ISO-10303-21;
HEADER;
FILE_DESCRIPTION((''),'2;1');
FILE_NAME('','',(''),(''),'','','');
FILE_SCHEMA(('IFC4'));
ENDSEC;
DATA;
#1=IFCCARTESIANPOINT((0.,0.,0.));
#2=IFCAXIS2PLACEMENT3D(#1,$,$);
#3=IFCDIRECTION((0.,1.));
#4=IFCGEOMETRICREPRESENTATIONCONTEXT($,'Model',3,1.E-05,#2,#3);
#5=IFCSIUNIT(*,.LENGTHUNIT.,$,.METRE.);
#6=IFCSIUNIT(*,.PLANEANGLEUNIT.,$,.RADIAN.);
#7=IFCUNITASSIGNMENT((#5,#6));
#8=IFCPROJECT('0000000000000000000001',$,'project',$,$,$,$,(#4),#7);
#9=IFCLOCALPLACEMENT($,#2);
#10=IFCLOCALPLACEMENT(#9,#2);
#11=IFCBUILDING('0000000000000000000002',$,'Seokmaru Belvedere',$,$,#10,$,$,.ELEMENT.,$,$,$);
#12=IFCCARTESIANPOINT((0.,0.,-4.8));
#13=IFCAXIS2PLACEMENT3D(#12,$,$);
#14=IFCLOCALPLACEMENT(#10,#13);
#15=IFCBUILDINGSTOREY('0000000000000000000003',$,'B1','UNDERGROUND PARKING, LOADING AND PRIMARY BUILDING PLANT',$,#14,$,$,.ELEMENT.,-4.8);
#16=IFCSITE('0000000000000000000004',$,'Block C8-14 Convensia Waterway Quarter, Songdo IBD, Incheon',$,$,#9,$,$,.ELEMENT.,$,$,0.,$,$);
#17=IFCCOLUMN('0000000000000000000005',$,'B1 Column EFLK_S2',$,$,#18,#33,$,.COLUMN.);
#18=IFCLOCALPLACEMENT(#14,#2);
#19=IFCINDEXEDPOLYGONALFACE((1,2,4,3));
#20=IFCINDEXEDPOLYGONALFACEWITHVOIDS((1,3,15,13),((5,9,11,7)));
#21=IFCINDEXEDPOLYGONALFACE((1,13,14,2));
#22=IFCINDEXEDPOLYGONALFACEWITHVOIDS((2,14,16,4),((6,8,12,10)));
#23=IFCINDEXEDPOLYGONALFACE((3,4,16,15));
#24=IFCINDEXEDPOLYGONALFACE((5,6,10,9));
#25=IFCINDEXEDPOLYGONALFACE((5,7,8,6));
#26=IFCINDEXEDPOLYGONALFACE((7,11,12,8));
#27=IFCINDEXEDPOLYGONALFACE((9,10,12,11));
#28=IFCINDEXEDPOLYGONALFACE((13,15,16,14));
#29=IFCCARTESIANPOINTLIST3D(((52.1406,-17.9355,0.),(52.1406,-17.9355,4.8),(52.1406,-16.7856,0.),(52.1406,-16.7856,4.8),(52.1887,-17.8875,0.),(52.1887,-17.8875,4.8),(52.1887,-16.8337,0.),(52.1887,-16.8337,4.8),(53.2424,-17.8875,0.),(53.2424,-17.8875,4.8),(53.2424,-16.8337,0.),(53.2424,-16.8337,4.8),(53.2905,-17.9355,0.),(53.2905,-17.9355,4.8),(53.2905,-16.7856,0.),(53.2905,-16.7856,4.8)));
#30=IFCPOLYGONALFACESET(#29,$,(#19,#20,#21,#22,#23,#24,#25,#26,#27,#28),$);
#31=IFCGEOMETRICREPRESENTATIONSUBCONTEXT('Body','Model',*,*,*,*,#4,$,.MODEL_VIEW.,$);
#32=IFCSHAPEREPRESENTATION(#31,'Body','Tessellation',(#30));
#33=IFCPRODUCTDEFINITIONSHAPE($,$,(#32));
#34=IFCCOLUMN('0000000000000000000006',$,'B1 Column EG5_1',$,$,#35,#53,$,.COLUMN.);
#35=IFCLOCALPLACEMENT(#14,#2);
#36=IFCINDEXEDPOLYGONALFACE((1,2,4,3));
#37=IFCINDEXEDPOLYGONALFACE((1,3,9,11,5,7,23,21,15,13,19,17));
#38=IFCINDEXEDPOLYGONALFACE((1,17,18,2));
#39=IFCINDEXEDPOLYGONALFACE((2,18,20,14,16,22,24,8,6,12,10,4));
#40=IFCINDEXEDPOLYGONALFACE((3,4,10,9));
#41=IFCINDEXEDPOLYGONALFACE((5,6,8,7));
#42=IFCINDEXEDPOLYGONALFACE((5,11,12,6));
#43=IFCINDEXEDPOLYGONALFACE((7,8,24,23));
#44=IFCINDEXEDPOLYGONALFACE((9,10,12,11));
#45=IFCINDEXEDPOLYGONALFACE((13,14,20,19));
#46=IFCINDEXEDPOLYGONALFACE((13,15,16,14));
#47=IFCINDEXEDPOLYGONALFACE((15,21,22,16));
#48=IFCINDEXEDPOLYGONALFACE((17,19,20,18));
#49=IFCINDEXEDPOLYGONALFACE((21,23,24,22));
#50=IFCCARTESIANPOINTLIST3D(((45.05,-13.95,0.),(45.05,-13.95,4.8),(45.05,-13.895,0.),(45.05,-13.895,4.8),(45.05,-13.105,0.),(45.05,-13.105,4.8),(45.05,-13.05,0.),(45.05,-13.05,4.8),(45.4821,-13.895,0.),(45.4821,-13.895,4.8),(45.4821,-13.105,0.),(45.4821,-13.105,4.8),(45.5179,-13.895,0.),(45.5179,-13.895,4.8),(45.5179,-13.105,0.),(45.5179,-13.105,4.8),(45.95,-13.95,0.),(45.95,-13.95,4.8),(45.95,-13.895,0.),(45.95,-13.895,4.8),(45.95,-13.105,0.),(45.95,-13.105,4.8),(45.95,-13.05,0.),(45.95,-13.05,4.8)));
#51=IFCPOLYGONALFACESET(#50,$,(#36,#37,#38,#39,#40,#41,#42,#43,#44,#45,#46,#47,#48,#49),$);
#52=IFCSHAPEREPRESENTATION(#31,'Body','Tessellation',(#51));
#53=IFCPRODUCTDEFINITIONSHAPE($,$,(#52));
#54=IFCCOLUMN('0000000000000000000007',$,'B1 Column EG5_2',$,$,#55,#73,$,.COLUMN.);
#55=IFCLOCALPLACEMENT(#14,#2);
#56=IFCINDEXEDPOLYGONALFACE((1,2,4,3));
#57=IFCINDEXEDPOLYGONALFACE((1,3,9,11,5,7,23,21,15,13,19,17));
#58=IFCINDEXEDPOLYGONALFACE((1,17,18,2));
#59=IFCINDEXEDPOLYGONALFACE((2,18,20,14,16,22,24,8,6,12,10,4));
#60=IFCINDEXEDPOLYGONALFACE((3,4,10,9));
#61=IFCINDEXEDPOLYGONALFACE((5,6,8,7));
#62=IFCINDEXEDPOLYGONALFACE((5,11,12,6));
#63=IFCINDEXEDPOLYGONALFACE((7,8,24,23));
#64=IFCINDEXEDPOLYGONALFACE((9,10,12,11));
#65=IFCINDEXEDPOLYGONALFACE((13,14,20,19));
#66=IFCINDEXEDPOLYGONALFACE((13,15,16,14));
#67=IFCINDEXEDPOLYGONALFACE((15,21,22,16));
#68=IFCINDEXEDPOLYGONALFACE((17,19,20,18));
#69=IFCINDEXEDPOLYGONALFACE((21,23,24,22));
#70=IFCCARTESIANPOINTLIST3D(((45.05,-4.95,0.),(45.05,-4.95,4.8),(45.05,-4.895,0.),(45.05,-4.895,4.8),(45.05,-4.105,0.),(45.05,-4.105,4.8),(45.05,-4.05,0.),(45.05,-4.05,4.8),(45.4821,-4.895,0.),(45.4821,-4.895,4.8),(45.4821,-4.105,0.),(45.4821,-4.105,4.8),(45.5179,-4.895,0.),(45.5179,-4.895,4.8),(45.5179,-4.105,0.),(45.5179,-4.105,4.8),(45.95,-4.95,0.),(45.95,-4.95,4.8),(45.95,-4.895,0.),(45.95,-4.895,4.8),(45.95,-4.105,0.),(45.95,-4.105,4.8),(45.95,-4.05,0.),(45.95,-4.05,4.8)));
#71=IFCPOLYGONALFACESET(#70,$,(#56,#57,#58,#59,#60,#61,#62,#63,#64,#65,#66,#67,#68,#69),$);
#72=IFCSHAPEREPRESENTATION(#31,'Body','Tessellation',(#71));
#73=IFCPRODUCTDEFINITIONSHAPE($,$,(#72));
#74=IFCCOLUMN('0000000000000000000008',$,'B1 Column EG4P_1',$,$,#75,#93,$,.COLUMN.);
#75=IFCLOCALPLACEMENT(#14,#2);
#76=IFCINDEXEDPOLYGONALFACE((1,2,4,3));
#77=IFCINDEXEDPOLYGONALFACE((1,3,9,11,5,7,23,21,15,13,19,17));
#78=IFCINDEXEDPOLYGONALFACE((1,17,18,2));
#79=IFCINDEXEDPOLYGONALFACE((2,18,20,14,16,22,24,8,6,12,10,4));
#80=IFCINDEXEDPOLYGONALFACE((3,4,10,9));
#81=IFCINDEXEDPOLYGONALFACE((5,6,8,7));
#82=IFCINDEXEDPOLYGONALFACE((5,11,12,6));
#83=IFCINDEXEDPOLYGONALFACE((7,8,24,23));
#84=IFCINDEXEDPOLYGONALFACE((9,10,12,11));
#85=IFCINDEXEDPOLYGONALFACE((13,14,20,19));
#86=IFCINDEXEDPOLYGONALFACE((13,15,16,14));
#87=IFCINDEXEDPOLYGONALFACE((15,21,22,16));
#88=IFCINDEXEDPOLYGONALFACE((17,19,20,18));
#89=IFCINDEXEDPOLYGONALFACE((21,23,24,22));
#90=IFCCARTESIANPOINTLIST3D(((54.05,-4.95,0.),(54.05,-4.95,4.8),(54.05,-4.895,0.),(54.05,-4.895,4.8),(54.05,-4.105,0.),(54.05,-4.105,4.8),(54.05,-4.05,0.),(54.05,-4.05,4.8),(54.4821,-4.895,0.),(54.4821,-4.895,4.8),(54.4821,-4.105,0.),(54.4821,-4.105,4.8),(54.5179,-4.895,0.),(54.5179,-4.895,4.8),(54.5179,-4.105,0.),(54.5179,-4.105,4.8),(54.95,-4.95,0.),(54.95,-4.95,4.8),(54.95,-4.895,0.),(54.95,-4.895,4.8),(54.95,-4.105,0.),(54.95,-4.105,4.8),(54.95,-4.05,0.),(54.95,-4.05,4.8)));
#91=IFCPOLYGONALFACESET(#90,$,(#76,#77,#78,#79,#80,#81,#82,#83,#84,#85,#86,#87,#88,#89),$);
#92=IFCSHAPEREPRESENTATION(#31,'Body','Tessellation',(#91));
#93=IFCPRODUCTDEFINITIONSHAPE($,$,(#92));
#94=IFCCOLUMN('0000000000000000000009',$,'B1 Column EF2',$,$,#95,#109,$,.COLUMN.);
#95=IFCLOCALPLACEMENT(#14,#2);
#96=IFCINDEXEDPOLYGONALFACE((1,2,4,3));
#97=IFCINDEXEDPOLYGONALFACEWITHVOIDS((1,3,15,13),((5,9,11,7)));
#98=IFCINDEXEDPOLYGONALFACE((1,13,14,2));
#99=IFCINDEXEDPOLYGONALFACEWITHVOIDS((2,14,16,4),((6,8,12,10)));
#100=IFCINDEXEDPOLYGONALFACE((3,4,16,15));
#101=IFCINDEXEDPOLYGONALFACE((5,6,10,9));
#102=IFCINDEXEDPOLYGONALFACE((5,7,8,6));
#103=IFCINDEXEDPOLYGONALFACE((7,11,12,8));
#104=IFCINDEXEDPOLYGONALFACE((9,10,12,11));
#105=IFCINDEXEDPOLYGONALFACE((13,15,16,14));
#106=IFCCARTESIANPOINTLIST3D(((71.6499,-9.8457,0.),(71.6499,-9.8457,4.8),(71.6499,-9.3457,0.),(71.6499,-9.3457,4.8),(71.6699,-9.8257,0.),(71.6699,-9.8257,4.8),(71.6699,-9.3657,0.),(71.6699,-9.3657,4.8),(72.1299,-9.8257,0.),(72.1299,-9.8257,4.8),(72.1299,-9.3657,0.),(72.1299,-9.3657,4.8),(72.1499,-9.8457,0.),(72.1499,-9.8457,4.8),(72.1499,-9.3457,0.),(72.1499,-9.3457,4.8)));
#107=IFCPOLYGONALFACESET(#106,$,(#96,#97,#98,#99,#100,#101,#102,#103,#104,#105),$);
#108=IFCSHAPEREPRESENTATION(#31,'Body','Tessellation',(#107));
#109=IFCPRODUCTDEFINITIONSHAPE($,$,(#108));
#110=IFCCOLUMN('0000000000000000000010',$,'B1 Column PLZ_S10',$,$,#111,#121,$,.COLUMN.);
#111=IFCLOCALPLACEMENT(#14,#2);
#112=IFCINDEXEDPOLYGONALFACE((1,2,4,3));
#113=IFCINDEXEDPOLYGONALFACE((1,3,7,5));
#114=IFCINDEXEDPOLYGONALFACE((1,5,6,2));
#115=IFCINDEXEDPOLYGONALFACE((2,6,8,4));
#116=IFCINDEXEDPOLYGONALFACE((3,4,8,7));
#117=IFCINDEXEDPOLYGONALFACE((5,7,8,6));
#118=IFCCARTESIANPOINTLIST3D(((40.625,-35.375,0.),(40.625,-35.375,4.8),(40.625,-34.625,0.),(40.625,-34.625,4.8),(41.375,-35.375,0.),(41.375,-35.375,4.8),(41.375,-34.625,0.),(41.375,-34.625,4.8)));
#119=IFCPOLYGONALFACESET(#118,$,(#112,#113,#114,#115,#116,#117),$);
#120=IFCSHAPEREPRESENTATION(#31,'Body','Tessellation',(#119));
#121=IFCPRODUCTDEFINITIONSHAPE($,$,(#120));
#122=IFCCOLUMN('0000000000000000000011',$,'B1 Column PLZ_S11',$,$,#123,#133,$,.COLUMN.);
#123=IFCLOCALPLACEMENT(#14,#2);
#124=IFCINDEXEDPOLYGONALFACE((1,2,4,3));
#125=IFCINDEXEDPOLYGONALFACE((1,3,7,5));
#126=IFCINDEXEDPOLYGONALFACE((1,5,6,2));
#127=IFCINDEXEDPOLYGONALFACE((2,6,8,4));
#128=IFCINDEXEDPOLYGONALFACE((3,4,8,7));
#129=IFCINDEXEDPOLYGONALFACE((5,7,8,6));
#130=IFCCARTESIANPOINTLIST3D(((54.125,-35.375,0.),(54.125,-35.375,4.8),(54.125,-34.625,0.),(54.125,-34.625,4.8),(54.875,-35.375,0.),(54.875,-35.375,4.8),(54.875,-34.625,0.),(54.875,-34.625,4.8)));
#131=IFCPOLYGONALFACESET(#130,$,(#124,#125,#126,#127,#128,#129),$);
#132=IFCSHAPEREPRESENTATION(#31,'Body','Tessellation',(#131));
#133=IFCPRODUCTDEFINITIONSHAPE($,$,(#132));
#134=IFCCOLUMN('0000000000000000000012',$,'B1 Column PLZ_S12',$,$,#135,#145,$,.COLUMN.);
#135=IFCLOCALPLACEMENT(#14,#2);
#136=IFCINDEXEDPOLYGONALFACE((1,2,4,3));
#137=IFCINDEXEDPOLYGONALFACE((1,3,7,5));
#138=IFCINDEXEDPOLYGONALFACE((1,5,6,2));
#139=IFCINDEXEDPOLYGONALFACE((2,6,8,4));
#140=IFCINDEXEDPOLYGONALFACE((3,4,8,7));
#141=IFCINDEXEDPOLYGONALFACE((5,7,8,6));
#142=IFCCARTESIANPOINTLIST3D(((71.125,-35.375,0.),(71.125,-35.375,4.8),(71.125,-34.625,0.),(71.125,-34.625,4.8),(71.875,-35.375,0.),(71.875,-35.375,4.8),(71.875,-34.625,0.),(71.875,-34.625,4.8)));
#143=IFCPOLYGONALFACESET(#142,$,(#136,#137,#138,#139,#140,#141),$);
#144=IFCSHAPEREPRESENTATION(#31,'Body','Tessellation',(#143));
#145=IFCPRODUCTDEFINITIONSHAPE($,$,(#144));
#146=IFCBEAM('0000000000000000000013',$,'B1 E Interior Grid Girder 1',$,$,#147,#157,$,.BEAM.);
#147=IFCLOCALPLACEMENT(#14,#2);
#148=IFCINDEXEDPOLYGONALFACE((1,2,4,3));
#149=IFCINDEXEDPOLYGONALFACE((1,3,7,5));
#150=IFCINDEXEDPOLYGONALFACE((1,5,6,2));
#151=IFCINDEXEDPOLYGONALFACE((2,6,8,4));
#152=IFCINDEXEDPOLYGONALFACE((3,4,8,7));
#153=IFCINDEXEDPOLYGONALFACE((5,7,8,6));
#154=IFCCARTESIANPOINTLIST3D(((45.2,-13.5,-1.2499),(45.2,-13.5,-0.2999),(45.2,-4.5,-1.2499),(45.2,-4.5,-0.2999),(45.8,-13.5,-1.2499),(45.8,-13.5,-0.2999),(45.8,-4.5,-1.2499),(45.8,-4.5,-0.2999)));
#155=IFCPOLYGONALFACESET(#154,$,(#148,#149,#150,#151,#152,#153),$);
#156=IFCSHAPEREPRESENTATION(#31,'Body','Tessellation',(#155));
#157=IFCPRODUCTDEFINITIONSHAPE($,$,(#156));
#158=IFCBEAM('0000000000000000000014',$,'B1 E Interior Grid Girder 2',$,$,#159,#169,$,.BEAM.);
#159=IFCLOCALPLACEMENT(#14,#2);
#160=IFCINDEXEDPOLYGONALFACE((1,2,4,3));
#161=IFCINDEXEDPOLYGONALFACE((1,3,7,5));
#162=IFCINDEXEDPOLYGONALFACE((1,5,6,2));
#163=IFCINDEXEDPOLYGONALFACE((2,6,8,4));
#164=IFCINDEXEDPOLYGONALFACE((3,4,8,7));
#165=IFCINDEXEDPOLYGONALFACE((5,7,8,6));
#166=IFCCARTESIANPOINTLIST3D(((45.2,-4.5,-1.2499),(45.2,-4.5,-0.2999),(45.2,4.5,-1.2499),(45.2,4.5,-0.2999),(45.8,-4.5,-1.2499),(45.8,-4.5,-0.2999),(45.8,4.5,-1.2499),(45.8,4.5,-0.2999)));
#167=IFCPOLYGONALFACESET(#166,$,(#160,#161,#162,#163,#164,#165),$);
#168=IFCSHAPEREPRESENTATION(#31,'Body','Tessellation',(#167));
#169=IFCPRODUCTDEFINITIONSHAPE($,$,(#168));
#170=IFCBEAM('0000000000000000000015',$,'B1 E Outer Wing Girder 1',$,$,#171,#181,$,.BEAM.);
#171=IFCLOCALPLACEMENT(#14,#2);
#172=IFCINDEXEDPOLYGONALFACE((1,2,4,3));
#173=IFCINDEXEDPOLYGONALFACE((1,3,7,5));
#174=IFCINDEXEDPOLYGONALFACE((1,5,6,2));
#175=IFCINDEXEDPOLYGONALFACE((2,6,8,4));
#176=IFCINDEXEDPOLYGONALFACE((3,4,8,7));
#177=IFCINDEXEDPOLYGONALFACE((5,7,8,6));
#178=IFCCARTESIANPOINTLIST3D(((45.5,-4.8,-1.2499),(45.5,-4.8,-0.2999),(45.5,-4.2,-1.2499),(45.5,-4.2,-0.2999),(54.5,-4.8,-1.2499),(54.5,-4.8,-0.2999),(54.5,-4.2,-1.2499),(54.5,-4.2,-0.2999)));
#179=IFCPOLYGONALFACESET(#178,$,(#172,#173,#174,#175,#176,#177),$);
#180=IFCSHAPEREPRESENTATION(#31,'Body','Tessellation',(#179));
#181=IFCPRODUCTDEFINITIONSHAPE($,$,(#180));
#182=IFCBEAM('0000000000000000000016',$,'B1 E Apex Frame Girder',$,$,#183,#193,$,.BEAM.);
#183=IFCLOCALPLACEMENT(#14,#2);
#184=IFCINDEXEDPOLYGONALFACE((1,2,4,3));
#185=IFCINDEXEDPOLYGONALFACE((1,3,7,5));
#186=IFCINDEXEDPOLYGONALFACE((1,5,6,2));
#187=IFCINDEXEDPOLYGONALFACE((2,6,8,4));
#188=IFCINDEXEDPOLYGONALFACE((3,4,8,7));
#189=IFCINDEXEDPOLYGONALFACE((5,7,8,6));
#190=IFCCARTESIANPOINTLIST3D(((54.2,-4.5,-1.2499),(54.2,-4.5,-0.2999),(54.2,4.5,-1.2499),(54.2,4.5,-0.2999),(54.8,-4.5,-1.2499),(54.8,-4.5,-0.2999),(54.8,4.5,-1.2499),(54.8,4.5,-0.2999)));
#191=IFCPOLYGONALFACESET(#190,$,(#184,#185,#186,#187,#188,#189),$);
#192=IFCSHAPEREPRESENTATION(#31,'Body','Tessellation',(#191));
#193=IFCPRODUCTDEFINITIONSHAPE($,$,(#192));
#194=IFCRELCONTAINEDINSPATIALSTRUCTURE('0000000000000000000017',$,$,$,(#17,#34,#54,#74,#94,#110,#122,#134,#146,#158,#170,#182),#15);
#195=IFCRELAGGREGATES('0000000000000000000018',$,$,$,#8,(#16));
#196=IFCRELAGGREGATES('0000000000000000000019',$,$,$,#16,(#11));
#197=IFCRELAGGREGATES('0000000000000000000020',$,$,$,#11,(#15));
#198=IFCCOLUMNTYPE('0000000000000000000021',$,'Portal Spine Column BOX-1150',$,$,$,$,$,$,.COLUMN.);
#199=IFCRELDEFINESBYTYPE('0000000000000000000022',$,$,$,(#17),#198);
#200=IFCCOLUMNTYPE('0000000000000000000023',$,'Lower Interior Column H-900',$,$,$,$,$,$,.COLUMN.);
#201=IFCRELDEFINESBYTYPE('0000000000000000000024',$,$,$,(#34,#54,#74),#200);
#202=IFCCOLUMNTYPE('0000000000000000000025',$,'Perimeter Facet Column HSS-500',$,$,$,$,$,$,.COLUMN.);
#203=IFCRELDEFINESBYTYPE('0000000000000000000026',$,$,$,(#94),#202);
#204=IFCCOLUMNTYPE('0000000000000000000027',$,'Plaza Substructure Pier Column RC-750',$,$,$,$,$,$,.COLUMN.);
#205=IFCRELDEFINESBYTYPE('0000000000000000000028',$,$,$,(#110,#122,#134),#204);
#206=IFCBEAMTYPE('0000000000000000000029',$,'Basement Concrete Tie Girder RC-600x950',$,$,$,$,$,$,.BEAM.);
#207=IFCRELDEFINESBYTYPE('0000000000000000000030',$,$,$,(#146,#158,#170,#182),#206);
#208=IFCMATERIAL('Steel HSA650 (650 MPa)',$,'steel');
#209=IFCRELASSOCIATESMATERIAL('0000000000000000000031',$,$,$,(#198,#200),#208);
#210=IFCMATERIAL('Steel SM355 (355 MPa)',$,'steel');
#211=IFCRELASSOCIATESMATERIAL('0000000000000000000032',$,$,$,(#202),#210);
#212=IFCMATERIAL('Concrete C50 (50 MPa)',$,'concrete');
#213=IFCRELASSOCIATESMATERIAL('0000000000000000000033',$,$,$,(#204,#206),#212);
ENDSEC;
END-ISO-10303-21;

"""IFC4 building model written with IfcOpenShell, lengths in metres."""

from ifc_helpers import new_model, si_unit, direction, frame, origin, origin_2d, place, context, subcontext, project, spatial, rectangle, hollow_rectangle, i_section, extrude, source, transform, mapped, material, material_profile, profile_set, type_object, type_shapes, element, save


model = new_model("IFC4")

# Units and contexts
model_context = context("Model", 3, precision=1e-05, world=origin(), true_north=direction((0.0, 1.0)))
body_context = subcontext(model_context, "Body", "Model", "MODEL_VIEW")
ifc_project = project(units=[si_unit("LENGTHUNIT", "METRE"), si_unit("PLANEANGLEUNIT", "RADIAN")], contexts=[model_context])

# Site, building, storey
site_placement = place(None, origin())
site = spatial("IfcSite", under=ifc_project, at=site_placement, Name="Block C8-14 Convensia Waterway Quarter, Songdo IBD, Incheon", CompositionType="ELEMENT", RefElevation=0.0)
building_placement = place(site_placement, origin())
building = spatial("IfcBuilding", under=site, at=building_placement, Name="Seokmaru Belvedere", CompositionType="ELEMENT")
storey_placement = place(building_placement, frame((0.0, 0.0, -4.8)))
storey = spatial("IfcBuildingStorey", under=building, at=storey_placement, Name="B1", Description="UNDERGROUND PARKING, LOADING AND PRIMARY BUILDING PLANT", CompositionType="ELEMENT", Elevation=-4.8)

# Columns
ifc_material_1 = material(Name="Steel HSA650 (650 MPa)", Category="steel")
ifc_material_profile_1 = material_profile(ifc_material_1, hollow_rectangle(XDim=1.1499, YDim=1.1499, WallThickness=0.0481, at=origin_2d()), Name="BOX-1150x1150x48")
ifc_profile_set_1 = profile_set([ifc_material_profile_1], Name="Steel HSA650 (650 MPa)")
column_type_1 = type_object("IfcColumnType", Name="Portal Spine Column BOX-1150", PredefinedType="COLUMN", material=ifc_profile_set_1)
shared_shape_1 = source(origin(), body_context, "Body", "SweptSolid", [
    extrude(hollow_rectangle(XDim=1.1499, YDim=1.1499, WallThickness=0.0481, at=origin_2d()), origin(), (0.0, 0.0, 1.0), 4.8),
])
type_shapes(column_type_1, [shared_shape_1])
column_1_placement = place(storey_placement, frame((52.7156, -17.3606, 0.0), z_axis=(0.0, 0.0, 1.0), x_axis=(1.0, 0.0, 0.0)))
element("IfcColumn", 1, at=column_1_placement, inside=storey, type_object=column_type_1, Name="B1 Column EFLK_S2", PredefinedType="COLUMN", context=body_context, shape_type="MappedRepresentation", body=[
    mapped(shared_shape_1, transform((0.0, 0.0, 0.0), scale=1.0)),
])
ifc_material_profile_2 = material_profile(ifc_material_1, i_section(OverallWidth=0.8999, OverallDepth=0.8999, WebThickness=0.0359, FlangeThickness=0.0549, at=origin_2d()), Name="H-900x900x36x55")
ifc_profile_set_2 = profile_set([ifc_material_profile_2], Name="Steel HSA650 (650 MPa)")
column_type_2 = type_object("IfcColumnType", Name="Lower Interior Column H-900", PredefinedType="COLUMN", material=ifc_profile_set_2)
shared_shape_2 = source(origin(), body_context, "Body", "SweptSolid", [
    extrude(i_section(OverallWidth=0.8999, OverallDepth=0.8999, WebThickness=0.0359, FlangeThickness=0.0549, at=origin_2d()), origin(), (0.0, 0.0, 1.0), 4.8),
])
type_shapes(column_type_2, [shared_shape_2])
for number, where, z_axis, x_axis, name in (
    (2, (45.5, -13.5, 0.0), (0.0, 0.0, 1.0), (1.0, 0.0, 0.0), "B1 Column EG5_1"),
    (3, (45.5, -4.5, 0.0), (0.0, 0.0, 1.0), (1.0, 0.0, 0.0), "B1 Column EG5_2"),
    (4, (54.5, -4.5, 0.0), (0.0, 0.0, 1.0), (1.0, 0.0, 0.0), "B1 Column EG4P_1"),
):
    element("IfcColumn", number, at=place(storey_placement, frame(where, z_axis=z_axis, x_axis=x_axis)), inside=storey, type_object=column_type_2, Name=name, PredefinedType="COLUMN", context=body_context, shape_type="MappedRepresentation", body=[
        mapped(shared_shape_2, transform((0.0, 0.0, 0.0), scale=1.0)),
    ])
ifc_material_2 = material(Name="Steel SM355 (355 MPa)", Category="steel")
ifc_material_profile_3 = material_profile(ifc_material_2, hollow_rectangle(XDim=0.5, YDim=0.5, WallThickness=0.02, at=origin_2d()), Name="HSS-500x500x20")
ifc_profile_set_3 = profile_set([ifc_material_profile_3], Name="Steel SM355 (355 MPa)")
column_type_3 = type_object("IfcColumnType", Name="Perimeter Facet Column HSS-500", PredefinedType="COLUMN", material=ifc_profile_set_3)
shared_shape_3 = source(origin(), body_context, "Body", "SweptSolid", [
    extrude(hollow_rectangle(XDim=0.5, YDim=0.5, WallThickness=0.02, at=origin_2d()), origin(), (0.0, 0.0, 1.0), 4.8),
])
type_shapes(column_type_3, [shared_shape_3])
column_2_placement = place(storey_placement, frame((71.8999, -9.5957, 0.0), z_axis=(0.0, 0.0, 1.0), x_axis=(1.0, 0.0, 0.0)))
element("IfcColumn", 5, at=column_2_placement, inside=storey, type_object=column_type_3, Name="B1 Column EF2", PredefinedType="COLUMN", context=body_context, shape_type="MappedRepresentation", body=[
    mapped(shared_shape_3, transform((0.0, 0.0, 0.0), scale=1.0)),
])
ifc_material_3 = material(Name="Concrete C50 (50 MPa)", Category="concrete")
ifc_material_profile_4 = material_profile(ifc_material_3, rectangle(XDim=0.75, YDim=0.75, at=origin_2d()), Name="RC-750x750")
ifc_profile_set_4 = profile_set([ifc_material_profile_4], Name="Concrete C50 (50 MPa)")
column_type_4 = type_object("IfcColumnType", Name="Plaza Substructure Pier Column RC-750", PredefinedType="COLUMN", material=ifc_profile_set_4)
shared_shape_4 = source(origin(), body_context, "Body", "SweptSolid", [
    extrude(rectangle(XDim=0.75, YDim=0.75, at=origin_2d()), origin(), (0.0, 0.0, 1.0), 4.8),
])
type_shapes(column_type_4, [shared_shape_4])
for number, where, z_axis, x_axis, name in (
    (6, (41.0, -35.0, 0.0), (0.0, 0.0, 1.0), (1.0, 0.0, 0.0), "B1 Column PLZ_S10"),
    (7, (54.5, -35.0, 0.0), (0.0, 0.0, 1.0), (1.0, 0.0, 0.0), "B1 Column PLZ_S11"),
    (8, (71.5, -35.0, 0.0), (0.0, 0.0, 1.0), (1.0, 0.0, 0.0), "B1 Column PLZ_S12"),
):
    element("IfcColumn", number, at=place(storey_placement, frame(where, z_axis=z_axis, x_axis=x_axis)), inside=storey, type_object=column_type_4, Name=name, PredefinedType="COLUMN", context=body_context, shape_type="MappedRepresentation", body=[
        mapped(shared_shape_4, transform((0.0, 0.0, 0.0), scale=1.0)),
    ])

# Beams
ifc_material_profile_5 = material_profile(ifc_material_3, rectangle(XDim=0.6001, YDim=0.95, at=origin_2d()), Name="RC-600x950")
ifc_profile_set_5 = profile_set([ifc_material_profile_5], Name="Concrete C50 (50 MPa)")
beam_type_1 = type_object("IfcBeamType", Name="Basement Concrete Tie Girder RC-600x950", PredefinedType="BEAM", material=ifc_profile_set_5)
shared_shape_5 = source(origin(), body_context, "Body", "SweptSolid", [
    extrude(rectangle(XDim=0.6001, YDim=0.95, at=origin_2d()), origin(), (0.0, 0.0, 1.0), 9.0),
])
for number, where, z_axis, x_axis, name in (
    (9, (45.5, -13.5, -0.7749), (0.0, 1.0, 0.0), (-1.0, 0.0, 0.0), "B1 E Interior Grid Girder 1"),
    (10, (45.5, -4.5, -0.7749), (0.0, 1.0, 0.0), (-1.0, 0.0, 0.0), "B1 E Interior Grid Girder 2"),
    (11, (45.5, -4.5, -0.7749), (1.0, 0.0, 0.0), (0.0, 1.0, 0.0), "B1 E Outer Wing Girder 1"),
    (12, (54.5, -4.5, -0.7749), (0.0, 1.0, 0.0), (-1.0, 0.0, 0.0), "B1 E Apex Frame Girder"),
):
    element("IfcBeam", number, at=place(storey_placement, frame(where, z_axis=z_axis, x_axis=x_axis)), inside=storey, type_object=beam_type_1, Name=name, PredefinedType="BEAM", context=body_context, shape_type="MappedRepresentation", body=[
        mapped(shared_shape_5, transform((0.0, 0.0, 0.0), scale=1.0)),
    ])

save(model, "model.ifc")
